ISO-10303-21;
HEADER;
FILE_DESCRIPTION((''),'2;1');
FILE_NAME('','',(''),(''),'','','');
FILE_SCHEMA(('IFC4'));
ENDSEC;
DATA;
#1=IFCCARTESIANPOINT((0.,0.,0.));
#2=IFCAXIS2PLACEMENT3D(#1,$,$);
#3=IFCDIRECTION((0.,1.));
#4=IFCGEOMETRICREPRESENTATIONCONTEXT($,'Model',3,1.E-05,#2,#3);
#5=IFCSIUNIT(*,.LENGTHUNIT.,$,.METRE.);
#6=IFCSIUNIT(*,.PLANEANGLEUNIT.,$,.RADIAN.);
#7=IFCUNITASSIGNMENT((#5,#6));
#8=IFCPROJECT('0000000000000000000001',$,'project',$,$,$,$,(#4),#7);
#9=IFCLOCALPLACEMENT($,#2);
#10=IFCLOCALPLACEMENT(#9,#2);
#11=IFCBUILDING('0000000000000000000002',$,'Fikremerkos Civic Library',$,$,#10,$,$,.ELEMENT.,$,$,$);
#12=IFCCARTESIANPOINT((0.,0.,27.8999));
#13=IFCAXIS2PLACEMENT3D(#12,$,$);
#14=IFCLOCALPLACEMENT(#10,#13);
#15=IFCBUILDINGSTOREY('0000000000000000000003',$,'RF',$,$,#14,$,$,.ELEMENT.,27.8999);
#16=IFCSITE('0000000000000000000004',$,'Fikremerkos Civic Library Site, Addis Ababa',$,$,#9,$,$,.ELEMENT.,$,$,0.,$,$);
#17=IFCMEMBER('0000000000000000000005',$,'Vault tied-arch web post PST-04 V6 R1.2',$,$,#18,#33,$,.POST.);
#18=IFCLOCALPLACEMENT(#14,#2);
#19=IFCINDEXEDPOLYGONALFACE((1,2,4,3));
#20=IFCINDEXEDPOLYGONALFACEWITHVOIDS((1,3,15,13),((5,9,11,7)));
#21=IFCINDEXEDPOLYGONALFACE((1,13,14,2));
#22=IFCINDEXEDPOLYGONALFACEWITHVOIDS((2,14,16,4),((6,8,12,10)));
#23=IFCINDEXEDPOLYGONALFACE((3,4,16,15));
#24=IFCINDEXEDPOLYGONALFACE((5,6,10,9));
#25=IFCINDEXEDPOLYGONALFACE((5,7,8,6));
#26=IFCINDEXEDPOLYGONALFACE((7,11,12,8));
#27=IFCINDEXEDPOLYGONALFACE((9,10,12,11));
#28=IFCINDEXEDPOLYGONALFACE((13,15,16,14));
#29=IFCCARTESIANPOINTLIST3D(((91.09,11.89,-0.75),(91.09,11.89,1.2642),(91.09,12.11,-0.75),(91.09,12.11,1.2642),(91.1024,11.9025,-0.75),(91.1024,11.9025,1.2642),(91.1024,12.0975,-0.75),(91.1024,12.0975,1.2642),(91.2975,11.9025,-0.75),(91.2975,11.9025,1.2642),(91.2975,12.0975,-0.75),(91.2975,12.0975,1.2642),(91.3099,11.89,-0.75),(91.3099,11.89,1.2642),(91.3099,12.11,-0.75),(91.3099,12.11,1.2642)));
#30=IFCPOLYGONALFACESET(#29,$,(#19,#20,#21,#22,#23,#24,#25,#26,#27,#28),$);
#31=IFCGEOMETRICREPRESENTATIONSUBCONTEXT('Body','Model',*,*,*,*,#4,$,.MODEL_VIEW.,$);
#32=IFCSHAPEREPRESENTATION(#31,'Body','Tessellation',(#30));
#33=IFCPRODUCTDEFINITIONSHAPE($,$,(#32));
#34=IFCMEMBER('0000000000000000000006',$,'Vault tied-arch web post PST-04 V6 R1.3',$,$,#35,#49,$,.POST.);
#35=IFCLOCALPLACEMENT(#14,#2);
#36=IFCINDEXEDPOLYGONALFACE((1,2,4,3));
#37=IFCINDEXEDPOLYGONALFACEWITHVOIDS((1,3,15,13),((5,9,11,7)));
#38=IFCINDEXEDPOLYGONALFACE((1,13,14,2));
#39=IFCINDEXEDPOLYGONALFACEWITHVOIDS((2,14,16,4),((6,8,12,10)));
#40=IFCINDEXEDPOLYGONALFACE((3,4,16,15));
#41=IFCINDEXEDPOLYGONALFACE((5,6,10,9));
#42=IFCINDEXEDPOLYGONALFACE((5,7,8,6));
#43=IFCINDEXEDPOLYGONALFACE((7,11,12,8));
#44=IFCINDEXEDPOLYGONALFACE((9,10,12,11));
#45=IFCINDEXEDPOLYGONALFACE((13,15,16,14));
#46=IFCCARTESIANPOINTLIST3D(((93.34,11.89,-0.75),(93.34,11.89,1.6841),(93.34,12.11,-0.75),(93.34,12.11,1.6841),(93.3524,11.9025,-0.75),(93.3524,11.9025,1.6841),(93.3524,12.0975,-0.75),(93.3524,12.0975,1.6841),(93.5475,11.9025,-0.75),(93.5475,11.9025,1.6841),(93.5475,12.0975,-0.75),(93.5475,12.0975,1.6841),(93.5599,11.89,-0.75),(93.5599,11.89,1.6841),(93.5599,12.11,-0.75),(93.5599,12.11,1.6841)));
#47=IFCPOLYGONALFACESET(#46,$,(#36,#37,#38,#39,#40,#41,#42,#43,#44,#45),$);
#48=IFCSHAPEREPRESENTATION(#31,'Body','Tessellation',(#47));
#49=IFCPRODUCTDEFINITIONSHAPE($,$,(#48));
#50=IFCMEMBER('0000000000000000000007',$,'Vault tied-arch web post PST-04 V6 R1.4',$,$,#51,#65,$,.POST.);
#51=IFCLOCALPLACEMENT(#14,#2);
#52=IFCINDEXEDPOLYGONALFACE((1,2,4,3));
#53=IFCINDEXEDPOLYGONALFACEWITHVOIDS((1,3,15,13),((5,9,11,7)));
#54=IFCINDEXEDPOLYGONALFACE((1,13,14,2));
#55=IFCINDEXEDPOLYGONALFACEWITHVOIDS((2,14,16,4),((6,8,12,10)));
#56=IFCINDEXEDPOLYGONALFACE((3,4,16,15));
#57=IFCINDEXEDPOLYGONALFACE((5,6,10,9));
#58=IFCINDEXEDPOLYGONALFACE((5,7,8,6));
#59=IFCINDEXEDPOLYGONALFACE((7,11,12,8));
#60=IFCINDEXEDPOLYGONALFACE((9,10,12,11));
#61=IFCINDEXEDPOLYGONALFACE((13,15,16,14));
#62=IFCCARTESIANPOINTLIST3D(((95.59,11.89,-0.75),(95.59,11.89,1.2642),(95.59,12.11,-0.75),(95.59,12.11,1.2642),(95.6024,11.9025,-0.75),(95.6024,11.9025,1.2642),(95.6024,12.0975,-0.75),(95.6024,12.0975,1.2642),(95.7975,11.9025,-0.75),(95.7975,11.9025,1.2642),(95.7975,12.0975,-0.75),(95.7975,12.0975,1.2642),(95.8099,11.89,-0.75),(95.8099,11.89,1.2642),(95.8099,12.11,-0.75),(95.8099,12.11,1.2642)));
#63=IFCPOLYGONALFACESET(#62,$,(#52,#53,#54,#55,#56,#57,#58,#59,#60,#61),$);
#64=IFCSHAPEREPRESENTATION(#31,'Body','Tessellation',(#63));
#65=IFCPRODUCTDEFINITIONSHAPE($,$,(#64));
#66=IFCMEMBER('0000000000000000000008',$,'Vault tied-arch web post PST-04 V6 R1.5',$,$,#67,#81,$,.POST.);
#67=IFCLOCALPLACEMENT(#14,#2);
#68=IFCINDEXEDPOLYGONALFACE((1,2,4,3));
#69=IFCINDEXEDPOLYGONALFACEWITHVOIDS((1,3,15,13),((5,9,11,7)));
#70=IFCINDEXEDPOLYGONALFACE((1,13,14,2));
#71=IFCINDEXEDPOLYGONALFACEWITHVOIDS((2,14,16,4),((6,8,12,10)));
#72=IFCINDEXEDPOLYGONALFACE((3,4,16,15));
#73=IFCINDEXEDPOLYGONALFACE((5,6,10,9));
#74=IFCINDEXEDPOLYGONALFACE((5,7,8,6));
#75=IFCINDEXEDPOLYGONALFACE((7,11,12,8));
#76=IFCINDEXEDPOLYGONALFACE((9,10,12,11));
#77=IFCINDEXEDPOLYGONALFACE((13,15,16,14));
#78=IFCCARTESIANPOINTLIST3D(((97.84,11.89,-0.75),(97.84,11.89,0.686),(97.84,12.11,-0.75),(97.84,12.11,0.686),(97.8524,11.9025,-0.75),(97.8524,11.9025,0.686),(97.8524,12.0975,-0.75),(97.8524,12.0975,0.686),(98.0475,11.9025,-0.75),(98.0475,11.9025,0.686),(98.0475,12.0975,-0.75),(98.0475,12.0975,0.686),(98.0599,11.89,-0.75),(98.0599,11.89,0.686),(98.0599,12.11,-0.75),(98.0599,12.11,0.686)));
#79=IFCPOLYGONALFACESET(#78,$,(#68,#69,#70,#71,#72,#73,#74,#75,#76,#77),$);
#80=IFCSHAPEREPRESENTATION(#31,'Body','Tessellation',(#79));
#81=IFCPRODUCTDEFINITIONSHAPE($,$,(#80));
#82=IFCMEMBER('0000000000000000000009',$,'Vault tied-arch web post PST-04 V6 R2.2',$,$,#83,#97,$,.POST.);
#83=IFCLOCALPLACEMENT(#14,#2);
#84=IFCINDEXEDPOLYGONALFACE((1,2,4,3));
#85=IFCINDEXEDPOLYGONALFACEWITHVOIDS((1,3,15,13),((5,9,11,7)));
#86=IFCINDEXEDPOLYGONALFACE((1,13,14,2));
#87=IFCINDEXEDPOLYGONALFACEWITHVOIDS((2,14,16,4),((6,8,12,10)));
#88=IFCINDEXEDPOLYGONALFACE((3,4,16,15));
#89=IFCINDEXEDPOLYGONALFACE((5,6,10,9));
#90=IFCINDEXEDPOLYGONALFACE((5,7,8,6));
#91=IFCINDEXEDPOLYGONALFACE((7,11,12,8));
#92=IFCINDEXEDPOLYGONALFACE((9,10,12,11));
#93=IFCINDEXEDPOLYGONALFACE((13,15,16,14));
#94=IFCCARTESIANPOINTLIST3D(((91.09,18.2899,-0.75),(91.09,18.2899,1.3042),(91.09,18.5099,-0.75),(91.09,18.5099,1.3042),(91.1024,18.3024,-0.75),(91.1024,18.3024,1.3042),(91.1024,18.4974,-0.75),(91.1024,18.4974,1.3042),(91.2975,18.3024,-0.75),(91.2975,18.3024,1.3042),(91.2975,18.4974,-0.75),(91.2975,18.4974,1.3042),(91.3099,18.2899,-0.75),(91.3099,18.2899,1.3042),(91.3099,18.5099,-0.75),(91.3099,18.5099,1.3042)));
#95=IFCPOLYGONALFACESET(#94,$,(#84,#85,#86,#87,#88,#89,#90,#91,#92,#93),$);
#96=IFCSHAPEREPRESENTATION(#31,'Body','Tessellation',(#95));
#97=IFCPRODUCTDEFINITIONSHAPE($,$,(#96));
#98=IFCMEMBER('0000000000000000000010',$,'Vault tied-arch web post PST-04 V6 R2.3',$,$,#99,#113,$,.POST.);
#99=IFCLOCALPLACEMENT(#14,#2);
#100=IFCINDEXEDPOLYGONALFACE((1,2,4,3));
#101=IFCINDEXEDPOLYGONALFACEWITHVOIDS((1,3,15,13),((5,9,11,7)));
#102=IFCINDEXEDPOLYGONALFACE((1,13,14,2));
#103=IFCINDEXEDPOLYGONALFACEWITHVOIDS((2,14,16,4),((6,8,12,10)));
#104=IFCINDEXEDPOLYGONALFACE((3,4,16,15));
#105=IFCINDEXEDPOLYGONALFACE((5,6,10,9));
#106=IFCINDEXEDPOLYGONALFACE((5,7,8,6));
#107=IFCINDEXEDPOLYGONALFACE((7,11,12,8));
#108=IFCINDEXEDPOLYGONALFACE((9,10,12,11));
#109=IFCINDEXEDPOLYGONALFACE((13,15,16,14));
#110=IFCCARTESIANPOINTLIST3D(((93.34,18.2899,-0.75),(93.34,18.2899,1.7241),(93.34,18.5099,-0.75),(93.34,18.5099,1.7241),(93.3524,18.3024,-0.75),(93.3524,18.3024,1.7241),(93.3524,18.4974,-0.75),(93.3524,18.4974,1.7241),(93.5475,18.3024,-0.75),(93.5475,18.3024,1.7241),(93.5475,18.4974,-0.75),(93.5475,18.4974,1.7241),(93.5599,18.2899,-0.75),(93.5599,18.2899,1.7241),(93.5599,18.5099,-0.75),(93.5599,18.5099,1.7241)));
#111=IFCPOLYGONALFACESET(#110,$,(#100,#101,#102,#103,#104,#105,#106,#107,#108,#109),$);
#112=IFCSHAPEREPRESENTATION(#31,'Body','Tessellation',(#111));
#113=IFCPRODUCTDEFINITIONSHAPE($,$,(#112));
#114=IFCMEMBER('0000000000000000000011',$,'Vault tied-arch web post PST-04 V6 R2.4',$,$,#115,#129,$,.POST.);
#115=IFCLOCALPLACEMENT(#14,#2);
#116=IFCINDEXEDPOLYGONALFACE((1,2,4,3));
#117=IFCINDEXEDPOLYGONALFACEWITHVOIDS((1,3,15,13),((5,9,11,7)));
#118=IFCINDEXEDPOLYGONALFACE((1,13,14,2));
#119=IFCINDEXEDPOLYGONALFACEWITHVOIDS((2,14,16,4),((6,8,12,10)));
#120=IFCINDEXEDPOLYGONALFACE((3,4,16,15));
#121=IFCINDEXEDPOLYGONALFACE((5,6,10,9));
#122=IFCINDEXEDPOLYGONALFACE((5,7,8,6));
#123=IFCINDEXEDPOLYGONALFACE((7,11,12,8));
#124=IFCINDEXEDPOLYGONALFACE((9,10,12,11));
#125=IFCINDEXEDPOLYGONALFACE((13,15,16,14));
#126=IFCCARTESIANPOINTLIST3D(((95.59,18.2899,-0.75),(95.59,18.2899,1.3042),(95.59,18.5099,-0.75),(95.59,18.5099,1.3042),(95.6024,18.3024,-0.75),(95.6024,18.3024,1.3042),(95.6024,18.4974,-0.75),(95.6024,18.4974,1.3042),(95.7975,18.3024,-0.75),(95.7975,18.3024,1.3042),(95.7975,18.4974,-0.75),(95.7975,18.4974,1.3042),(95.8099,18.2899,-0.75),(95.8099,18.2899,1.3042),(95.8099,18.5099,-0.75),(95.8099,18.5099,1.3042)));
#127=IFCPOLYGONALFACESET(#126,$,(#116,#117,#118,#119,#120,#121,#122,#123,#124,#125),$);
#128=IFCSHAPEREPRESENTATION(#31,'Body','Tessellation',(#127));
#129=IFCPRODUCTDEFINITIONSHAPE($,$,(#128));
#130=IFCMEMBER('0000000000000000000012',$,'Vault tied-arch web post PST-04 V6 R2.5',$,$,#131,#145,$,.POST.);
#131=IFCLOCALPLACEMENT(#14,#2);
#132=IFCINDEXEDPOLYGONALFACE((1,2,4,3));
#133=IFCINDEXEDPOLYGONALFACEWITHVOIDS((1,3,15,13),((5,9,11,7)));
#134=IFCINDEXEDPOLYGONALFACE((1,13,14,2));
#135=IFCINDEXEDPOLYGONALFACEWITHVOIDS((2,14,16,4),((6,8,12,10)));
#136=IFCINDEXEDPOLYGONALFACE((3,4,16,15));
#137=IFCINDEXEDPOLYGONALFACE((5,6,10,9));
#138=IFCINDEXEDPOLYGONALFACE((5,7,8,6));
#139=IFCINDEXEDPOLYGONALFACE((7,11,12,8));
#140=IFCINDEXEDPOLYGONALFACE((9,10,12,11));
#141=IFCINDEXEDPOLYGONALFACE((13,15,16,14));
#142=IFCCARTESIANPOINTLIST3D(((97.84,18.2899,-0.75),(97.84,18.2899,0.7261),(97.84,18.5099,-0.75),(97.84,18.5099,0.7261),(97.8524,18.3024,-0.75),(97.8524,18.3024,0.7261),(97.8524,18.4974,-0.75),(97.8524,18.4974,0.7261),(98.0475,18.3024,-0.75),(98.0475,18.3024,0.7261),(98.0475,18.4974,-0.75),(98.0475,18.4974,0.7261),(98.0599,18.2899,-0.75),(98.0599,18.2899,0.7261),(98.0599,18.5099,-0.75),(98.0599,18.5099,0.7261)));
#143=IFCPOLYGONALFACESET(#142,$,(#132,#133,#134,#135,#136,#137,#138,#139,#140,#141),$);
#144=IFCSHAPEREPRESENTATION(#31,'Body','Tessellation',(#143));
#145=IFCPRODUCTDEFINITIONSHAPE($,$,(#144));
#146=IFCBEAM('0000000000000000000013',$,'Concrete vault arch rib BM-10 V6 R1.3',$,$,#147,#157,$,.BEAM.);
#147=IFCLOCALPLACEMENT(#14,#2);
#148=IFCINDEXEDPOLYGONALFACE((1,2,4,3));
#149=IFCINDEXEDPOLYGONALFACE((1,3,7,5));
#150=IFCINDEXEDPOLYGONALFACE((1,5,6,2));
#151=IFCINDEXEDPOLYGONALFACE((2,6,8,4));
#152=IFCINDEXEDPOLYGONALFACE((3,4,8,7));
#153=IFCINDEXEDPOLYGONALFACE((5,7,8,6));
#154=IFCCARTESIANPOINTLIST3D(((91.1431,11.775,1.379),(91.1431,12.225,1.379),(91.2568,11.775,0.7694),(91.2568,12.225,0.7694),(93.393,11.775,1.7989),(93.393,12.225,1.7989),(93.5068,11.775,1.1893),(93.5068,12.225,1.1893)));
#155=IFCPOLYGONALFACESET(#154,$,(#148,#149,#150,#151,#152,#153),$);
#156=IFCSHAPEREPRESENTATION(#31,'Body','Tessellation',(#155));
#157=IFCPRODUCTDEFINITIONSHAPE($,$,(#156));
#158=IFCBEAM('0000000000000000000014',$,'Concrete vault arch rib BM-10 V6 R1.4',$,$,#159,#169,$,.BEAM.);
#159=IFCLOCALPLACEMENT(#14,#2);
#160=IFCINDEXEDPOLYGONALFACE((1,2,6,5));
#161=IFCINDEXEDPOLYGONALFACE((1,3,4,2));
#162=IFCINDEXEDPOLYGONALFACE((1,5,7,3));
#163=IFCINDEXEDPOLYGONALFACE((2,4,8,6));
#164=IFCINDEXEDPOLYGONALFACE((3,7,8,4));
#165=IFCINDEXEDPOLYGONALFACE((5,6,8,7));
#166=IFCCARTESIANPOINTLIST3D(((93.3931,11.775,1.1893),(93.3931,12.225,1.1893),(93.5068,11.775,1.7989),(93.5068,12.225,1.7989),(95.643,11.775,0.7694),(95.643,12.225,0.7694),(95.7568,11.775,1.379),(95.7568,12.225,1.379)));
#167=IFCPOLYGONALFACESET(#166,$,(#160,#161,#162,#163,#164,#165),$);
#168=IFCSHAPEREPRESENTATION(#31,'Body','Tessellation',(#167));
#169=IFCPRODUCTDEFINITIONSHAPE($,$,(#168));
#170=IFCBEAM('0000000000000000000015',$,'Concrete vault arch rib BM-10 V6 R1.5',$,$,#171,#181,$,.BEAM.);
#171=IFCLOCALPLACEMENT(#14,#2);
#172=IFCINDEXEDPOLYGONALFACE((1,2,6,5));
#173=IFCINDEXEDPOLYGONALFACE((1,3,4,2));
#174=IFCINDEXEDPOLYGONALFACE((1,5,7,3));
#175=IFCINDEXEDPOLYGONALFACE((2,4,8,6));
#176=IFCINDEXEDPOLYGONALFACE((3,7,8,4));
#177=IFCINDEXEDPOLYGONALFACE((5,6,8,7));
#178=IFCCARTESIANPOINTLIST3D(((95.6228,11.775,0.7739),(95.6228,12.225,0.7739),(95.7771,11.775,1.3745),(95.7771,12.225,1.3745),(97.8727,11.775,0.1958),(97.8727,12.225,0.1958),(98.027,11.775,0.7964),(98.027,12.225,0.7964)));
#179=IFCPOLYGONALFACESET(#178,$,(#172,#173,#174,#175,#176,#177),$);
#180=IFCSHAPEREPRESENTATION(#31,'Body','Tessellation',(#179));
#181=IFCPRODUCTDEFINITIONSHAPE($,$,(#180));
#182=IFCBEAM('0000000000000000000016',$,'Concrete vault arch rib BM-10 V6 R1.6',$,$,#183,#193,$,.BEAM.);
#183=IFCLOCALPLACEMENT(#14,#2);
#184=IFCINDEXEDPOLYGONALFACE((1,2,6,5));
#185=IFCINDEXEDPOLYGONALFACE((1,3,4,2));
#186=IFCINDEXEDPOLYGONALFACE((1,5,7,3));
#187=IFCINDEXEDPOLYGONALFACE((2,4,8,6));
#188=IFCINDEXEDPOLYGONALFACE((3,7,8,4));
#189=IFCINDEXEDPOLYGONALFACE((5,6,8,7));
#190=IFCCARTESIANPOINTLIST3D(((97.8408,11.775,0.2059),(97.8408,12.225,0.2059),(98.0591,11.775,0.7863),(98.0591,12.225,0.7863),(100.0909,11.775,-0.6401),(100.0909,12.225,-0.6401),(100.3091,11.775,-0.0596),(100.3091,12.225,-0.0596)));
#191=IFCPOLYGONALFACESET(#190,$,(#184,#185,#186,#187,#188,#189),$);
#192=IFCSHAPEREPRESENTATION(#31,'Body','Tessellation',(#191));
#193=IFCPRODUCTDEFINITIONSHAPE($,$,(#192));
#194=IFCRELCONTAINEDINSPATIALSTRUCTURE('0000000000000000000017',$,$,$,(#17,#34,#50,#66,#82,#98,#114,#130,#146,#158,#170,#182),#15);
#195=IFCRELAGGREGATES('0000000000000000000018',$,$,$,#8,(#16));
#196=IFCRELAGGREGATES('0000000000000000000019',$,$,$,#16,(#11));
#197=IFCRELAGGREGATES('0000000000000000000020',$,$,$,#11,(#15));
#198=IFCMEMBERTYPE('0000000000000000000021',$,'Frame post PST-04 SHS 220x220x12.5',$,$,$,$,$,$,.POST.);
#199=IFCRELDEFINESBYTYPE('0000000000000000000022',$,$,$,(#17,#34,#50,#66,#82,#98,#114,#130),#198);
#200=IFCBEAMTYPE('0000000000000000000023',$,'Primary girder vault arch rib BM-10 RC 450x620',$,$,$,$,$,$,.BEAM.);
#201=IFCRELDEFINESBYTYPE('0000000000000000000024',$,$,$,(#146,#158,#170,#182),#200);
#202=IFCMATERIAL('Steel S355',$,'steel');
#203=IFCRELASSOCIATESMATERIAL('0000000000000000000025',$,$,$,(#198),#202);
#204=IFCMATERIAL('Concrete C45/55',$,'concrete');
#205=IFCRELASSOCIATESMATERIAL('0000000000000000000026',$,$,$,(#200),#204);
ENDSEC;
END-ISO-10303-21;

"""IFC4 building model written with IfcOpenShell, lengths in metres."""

from ifc_helpers import new_model, si_unit, direction, frame, origin, origin_2d, place, context, subcontext, project, spatial, rectangle, hollow_rectangle, extrude, material, material_profile, profile_set, type_object, element, save


model = new_model("IFC4")

# Units and contexts
model_context = context("Model", 3, precision=1e-05, world=origin(), true_north=direction((0.0, 1.0)))
body_context = subcontext(model_context, "Body", "Model", "MODEL_VIEW")
ifc_project = project(units=[si_unit("LENGTHUNIT", "METRE"), si_unit("PLANEANGLEUNIT", "RADIAN")], contexts=[model_context])

# Site, building, storey
site_placement = place(None, origin())
site = spatial("IfcSite", under=ifc_project, at=site_placement, Name="Fikremerkos Civic Library Site, Addis Ababa", CompositionType="ELEMENT", RefElevation=0.0)
building_placement = place(site_placement, origin())
building = spatial("IfcBuilding", under=site, at=building_placement, Name="Fikremerkos Civic Library", CompositionType="ELEMENT")
storey_placement = place(building_placement, frame((0.0, 0.0, 27.8999)))
storey = spatial("IfcBuildingStorey", under=building, at=storey_placement, Name="RF", CompositionType="ELEMENT", Elevation=27.8999)

# Members
ifc_material_1 = material(Name="Steel S355", Category="steel")
ifc_material_profile_1 = material_profile(ifc_material_1, hollow_rectangle(XDim=0.22, YDim=0.22, WallThickness=0.0125, at=origin_2d()), Name="SHS 220x220x12.5")
ifc_profile_set_1 = profile_set([ifc_material_profile_1], Name="Steel S355")
member_type_1 = type_object("IfcMemberType", Name="Frame post PST-04 SHS 220x220x12.5", PredefinedType="POST", material=ifc_profile_set_1)
member_1_placement = place(storey_placement, frame((91.2, 12.0, -0.75), z_axis=(0.0, 0.0, 1.0), x_axis=(1.0, 0.0, 0.0)))
element("IfcMember", 1, at=member_1_placement, inside=storey, type_object=member_type_1, Name="Vault tied-arch web post PST-04 V6 R1.2", PredefinedType="POST", context=body_context, shape_type="SweptSolid", body=[
    extrude(hollow_rectangle(XDim=0.22, YDim=0.22, WallThickness=0.0125, at=origin_2d()), origin(), (0.0, 0.0, 1.0), 2.0142),
])
member_2_placement = place(storey_placement, frame((93.45, 12.0, -0.75), z_axis=(0.0, 0.0, 1.0), x_axis=(1.0, 0.0, 0.0)))
element("IfcMember", 2, at=member_2_placement, inside=storey, type_object=member_type_1, Name="Vault tied-arch web post PST-04 V6 R1.3", PredefinedType="POST", context=body_context, shape_type="SweptSolid", body=[
    extrude(hollow_rectangle(XDim=0.22, YDim=0.22, WallThickness=0.0125, at=origin_2d()), origin(), (0.0, 0.0, 1.0), 2.4341),
])
member_3_placement = place(storey_placement, frame((95.7, 12.0, -0.75), z_axis=(0.0, 0.0, 1.0), x_axis=(1.0, 0.0, 0.0)))
element("IfcMember", 3, at=member_3_placement, inside=storey, type_object=member_type_1, Name="Vault tied-arch web post PST-04 V6 R1.4", PredefinedType="POST", context=body_context, shape_type="SweptSolid", body=[
    extrude(hollow_rectangle(XDim=0.22, YDim=0.22, WallThickness=0.0125, at=origin_2d()), origin(), (0.0, 0.0, 1.0), 2.0142),
])
member_4_placement = place(storey_placement, frame((97.95, 12.0, -0.75), z_axis=(0.0, 0.0, 1.0), x_axis=(1.0, 0.0, 0.0)))
element("IfcMember", 4, at=member_4_placement, inside=storey, type_object=member_type_1, Name="Vault tied-arch web post PST-04 V6 R1.5", PredefinedType="POST", context=body_context, shape_type="SweptSolid", body=[
    extrude(hollow_rectangle(XDim=0.22, YDim=0.22, WallThickness=0.0125, at=origin_2d()), origin(), (0.0, 0.0, 1.0), 1.436),
])
member_5_placement = place(storey_placement, frame((91.2, 18.3999, -0.75), z_axis=(0.0, 0.0, 1.0), x_axis=(1.0, 0.0, 0.0)))
element("IfcMember", 5, at=member_5_placement, inside=storey, type_object=member_type_1, Name="Vault tied-arch web post PST-04 V6 R2.2", PredefinedType="POST", context=body_context, shape_type="SweptSolid", body=[
    extrude(hollow_rectangle(XDim=0.22, YDim=0.22, WallThickness=0.0125, at=origin_2d()), origin(), (0.0, 0.0, 1.0), 2.0542),
])
member_6_placement = place(storey_placement, frame((93.45, 18.3999, -0.75), z_axis=(0.0, 0.0, 1.0), x_axis=(1.0, 0.0, 0.0)))
element("IfcMember", 6, at=member_6_placement, inside=storey, type_object=member_type_1, Name="Vault tied-arch web post PST-04 V6 R2.3", PredefinedType="POST", context=body_context, shape_type="SweptSolid", body=[
    extrude(hollow_rectangle(XDim=0.22, YDim=0.22, WallThickness=0.0125, at=origin_2d()), origin(), (0.0, 0.0, 1.0), 2.4741),
])
member_7_placement = place(storey_placement, frame((95.7, 18.3999, -0.75), z_axis=(0.0, 0.0, 1.0), x_axis=(1.0, 0.0, 0.0)))
element("IfcMember", 7, at=member_7_placement, inside=storey, type_object=member_type_1, Name="Vault tied-arch web post PST-04 V6 R2.4", PredefinedType="POST", context=body_context, shape_type="SweptSolid", body=[
    extrude(hollow_rectangle(XDim=0.22, YDim=0.22, WallThickness=0.0125, at=origin_2d()), origin(), (0.0, 0.0, 1.0), 2.0542),
])
member_8_placement = place(storey_placement, frame((97.95, 18.3999, -0.75), z_axis=(0.0, 0.0, 1.0), x_axis=(1.0, 0.0, 0.0)))
element("IfcMember", 8, at=member_8_placement, inside=storey, type_object=member_type_1, Name="Vault tied-arch web post PST-04 V6 R2.5", PredefinedType="POST", context=body_context, shape_type="SweptSolid", body=[
    extrude(hollow_rectangle(XDim=0.22, YDim=0.22, WallThickness=0.0125, at=origin_2d()), origin(), (0.0, 0.0, 1.0), 1.4761),
])

# Beams
ifc_material_2 = material(Name="Concrete C45/55", Category="concrete")
ifc_material_profile_2 = material_profile(ifc_material_2, rectangle(XDim=0.45, YDim=0.6201, at=origin_2d()), Name="RC 450x620")
ifc_profile_set_2 = profile_set([ifc_material_profile_2], Name="Concrete C45/55")
beam_type_1 = type_object("IfcBeamType", Name="Primary girder vault arch rib BM-10 RC 450x620", PredefinedType="BEAM", material=ifc_profile_set_2)
for number, where, z_axis, x_axis, name in (
    (9, (91.2, 12.0, 1.0742), (0.983026, 0.0, 0.183464), (0.0, 1.0, 0.0), "Concrete vault arch rib BM-10 V6 R1.3"),
    (10, (93.45, 12.0, 1.4941), (0.983026, 0.0, -0.183464), (0.0, 1.0, 0.0), "Concrete vault arch rib BM-10 V6 R1.4"),
):
    element("IfcBeam", number, at=place(storey_placement, frame(where, z_axis=z_axis, x_axis=x_axis)), inside=storey, type_object=beam_type_1, Name=name, PredefinedType="BEAM", context=body_context, shape_type="SweptSolid", body=[
        extrude(rectangle(XDim=0.45, YDim=0.6201, at=origin_2d()), origin(), (0.0, 0.0, 1.0), 2.2888),
    ])
beam_1_placement = place(storey_placement, frame((95.7, 12.0, 1.0742), z_axis=(0.968539, 0.0, -0.248861), x_axis=(0.0, 1.0, 0.0)))
element("IfcBeam", 11, at=beam_1_placement, inside=storey, type_object=beam_type_1, Name="Concrete vault arch rib BM-10 V6 R1.5", PredefinedType="BEAM", context=body_context, shape_type="SweptSolid", body=[
    extrude(rectangle(XDim=0.45, YDim=0.6201, at=origin_2d()), origin(), (0.0, 0.0, 1.0), 2.323),
])
beam_2_placement = place(storey_placement, frame((97.95, 12.0, 0.4961), z_axis=(0.936028, 0.0, -0.351925), x_axis=(0.0, 1.0, 0.0)))
element("IfcBeam", 12, at=beam_2_placement, inside=storey, type_object=beam_type_1, Name="Concrete vault arch rib BM-10 V6 R1.6", PredefinedType="BEAM", context=body_context, shape_type="SweptSolid", body=[
    extrude(rectangle(XDim=0.45, YDim=0.6201, at=origin_2d()), origin(), (0.0, 0.0, 1.0), 2.4038),
])

save(model, "model.ifc")
